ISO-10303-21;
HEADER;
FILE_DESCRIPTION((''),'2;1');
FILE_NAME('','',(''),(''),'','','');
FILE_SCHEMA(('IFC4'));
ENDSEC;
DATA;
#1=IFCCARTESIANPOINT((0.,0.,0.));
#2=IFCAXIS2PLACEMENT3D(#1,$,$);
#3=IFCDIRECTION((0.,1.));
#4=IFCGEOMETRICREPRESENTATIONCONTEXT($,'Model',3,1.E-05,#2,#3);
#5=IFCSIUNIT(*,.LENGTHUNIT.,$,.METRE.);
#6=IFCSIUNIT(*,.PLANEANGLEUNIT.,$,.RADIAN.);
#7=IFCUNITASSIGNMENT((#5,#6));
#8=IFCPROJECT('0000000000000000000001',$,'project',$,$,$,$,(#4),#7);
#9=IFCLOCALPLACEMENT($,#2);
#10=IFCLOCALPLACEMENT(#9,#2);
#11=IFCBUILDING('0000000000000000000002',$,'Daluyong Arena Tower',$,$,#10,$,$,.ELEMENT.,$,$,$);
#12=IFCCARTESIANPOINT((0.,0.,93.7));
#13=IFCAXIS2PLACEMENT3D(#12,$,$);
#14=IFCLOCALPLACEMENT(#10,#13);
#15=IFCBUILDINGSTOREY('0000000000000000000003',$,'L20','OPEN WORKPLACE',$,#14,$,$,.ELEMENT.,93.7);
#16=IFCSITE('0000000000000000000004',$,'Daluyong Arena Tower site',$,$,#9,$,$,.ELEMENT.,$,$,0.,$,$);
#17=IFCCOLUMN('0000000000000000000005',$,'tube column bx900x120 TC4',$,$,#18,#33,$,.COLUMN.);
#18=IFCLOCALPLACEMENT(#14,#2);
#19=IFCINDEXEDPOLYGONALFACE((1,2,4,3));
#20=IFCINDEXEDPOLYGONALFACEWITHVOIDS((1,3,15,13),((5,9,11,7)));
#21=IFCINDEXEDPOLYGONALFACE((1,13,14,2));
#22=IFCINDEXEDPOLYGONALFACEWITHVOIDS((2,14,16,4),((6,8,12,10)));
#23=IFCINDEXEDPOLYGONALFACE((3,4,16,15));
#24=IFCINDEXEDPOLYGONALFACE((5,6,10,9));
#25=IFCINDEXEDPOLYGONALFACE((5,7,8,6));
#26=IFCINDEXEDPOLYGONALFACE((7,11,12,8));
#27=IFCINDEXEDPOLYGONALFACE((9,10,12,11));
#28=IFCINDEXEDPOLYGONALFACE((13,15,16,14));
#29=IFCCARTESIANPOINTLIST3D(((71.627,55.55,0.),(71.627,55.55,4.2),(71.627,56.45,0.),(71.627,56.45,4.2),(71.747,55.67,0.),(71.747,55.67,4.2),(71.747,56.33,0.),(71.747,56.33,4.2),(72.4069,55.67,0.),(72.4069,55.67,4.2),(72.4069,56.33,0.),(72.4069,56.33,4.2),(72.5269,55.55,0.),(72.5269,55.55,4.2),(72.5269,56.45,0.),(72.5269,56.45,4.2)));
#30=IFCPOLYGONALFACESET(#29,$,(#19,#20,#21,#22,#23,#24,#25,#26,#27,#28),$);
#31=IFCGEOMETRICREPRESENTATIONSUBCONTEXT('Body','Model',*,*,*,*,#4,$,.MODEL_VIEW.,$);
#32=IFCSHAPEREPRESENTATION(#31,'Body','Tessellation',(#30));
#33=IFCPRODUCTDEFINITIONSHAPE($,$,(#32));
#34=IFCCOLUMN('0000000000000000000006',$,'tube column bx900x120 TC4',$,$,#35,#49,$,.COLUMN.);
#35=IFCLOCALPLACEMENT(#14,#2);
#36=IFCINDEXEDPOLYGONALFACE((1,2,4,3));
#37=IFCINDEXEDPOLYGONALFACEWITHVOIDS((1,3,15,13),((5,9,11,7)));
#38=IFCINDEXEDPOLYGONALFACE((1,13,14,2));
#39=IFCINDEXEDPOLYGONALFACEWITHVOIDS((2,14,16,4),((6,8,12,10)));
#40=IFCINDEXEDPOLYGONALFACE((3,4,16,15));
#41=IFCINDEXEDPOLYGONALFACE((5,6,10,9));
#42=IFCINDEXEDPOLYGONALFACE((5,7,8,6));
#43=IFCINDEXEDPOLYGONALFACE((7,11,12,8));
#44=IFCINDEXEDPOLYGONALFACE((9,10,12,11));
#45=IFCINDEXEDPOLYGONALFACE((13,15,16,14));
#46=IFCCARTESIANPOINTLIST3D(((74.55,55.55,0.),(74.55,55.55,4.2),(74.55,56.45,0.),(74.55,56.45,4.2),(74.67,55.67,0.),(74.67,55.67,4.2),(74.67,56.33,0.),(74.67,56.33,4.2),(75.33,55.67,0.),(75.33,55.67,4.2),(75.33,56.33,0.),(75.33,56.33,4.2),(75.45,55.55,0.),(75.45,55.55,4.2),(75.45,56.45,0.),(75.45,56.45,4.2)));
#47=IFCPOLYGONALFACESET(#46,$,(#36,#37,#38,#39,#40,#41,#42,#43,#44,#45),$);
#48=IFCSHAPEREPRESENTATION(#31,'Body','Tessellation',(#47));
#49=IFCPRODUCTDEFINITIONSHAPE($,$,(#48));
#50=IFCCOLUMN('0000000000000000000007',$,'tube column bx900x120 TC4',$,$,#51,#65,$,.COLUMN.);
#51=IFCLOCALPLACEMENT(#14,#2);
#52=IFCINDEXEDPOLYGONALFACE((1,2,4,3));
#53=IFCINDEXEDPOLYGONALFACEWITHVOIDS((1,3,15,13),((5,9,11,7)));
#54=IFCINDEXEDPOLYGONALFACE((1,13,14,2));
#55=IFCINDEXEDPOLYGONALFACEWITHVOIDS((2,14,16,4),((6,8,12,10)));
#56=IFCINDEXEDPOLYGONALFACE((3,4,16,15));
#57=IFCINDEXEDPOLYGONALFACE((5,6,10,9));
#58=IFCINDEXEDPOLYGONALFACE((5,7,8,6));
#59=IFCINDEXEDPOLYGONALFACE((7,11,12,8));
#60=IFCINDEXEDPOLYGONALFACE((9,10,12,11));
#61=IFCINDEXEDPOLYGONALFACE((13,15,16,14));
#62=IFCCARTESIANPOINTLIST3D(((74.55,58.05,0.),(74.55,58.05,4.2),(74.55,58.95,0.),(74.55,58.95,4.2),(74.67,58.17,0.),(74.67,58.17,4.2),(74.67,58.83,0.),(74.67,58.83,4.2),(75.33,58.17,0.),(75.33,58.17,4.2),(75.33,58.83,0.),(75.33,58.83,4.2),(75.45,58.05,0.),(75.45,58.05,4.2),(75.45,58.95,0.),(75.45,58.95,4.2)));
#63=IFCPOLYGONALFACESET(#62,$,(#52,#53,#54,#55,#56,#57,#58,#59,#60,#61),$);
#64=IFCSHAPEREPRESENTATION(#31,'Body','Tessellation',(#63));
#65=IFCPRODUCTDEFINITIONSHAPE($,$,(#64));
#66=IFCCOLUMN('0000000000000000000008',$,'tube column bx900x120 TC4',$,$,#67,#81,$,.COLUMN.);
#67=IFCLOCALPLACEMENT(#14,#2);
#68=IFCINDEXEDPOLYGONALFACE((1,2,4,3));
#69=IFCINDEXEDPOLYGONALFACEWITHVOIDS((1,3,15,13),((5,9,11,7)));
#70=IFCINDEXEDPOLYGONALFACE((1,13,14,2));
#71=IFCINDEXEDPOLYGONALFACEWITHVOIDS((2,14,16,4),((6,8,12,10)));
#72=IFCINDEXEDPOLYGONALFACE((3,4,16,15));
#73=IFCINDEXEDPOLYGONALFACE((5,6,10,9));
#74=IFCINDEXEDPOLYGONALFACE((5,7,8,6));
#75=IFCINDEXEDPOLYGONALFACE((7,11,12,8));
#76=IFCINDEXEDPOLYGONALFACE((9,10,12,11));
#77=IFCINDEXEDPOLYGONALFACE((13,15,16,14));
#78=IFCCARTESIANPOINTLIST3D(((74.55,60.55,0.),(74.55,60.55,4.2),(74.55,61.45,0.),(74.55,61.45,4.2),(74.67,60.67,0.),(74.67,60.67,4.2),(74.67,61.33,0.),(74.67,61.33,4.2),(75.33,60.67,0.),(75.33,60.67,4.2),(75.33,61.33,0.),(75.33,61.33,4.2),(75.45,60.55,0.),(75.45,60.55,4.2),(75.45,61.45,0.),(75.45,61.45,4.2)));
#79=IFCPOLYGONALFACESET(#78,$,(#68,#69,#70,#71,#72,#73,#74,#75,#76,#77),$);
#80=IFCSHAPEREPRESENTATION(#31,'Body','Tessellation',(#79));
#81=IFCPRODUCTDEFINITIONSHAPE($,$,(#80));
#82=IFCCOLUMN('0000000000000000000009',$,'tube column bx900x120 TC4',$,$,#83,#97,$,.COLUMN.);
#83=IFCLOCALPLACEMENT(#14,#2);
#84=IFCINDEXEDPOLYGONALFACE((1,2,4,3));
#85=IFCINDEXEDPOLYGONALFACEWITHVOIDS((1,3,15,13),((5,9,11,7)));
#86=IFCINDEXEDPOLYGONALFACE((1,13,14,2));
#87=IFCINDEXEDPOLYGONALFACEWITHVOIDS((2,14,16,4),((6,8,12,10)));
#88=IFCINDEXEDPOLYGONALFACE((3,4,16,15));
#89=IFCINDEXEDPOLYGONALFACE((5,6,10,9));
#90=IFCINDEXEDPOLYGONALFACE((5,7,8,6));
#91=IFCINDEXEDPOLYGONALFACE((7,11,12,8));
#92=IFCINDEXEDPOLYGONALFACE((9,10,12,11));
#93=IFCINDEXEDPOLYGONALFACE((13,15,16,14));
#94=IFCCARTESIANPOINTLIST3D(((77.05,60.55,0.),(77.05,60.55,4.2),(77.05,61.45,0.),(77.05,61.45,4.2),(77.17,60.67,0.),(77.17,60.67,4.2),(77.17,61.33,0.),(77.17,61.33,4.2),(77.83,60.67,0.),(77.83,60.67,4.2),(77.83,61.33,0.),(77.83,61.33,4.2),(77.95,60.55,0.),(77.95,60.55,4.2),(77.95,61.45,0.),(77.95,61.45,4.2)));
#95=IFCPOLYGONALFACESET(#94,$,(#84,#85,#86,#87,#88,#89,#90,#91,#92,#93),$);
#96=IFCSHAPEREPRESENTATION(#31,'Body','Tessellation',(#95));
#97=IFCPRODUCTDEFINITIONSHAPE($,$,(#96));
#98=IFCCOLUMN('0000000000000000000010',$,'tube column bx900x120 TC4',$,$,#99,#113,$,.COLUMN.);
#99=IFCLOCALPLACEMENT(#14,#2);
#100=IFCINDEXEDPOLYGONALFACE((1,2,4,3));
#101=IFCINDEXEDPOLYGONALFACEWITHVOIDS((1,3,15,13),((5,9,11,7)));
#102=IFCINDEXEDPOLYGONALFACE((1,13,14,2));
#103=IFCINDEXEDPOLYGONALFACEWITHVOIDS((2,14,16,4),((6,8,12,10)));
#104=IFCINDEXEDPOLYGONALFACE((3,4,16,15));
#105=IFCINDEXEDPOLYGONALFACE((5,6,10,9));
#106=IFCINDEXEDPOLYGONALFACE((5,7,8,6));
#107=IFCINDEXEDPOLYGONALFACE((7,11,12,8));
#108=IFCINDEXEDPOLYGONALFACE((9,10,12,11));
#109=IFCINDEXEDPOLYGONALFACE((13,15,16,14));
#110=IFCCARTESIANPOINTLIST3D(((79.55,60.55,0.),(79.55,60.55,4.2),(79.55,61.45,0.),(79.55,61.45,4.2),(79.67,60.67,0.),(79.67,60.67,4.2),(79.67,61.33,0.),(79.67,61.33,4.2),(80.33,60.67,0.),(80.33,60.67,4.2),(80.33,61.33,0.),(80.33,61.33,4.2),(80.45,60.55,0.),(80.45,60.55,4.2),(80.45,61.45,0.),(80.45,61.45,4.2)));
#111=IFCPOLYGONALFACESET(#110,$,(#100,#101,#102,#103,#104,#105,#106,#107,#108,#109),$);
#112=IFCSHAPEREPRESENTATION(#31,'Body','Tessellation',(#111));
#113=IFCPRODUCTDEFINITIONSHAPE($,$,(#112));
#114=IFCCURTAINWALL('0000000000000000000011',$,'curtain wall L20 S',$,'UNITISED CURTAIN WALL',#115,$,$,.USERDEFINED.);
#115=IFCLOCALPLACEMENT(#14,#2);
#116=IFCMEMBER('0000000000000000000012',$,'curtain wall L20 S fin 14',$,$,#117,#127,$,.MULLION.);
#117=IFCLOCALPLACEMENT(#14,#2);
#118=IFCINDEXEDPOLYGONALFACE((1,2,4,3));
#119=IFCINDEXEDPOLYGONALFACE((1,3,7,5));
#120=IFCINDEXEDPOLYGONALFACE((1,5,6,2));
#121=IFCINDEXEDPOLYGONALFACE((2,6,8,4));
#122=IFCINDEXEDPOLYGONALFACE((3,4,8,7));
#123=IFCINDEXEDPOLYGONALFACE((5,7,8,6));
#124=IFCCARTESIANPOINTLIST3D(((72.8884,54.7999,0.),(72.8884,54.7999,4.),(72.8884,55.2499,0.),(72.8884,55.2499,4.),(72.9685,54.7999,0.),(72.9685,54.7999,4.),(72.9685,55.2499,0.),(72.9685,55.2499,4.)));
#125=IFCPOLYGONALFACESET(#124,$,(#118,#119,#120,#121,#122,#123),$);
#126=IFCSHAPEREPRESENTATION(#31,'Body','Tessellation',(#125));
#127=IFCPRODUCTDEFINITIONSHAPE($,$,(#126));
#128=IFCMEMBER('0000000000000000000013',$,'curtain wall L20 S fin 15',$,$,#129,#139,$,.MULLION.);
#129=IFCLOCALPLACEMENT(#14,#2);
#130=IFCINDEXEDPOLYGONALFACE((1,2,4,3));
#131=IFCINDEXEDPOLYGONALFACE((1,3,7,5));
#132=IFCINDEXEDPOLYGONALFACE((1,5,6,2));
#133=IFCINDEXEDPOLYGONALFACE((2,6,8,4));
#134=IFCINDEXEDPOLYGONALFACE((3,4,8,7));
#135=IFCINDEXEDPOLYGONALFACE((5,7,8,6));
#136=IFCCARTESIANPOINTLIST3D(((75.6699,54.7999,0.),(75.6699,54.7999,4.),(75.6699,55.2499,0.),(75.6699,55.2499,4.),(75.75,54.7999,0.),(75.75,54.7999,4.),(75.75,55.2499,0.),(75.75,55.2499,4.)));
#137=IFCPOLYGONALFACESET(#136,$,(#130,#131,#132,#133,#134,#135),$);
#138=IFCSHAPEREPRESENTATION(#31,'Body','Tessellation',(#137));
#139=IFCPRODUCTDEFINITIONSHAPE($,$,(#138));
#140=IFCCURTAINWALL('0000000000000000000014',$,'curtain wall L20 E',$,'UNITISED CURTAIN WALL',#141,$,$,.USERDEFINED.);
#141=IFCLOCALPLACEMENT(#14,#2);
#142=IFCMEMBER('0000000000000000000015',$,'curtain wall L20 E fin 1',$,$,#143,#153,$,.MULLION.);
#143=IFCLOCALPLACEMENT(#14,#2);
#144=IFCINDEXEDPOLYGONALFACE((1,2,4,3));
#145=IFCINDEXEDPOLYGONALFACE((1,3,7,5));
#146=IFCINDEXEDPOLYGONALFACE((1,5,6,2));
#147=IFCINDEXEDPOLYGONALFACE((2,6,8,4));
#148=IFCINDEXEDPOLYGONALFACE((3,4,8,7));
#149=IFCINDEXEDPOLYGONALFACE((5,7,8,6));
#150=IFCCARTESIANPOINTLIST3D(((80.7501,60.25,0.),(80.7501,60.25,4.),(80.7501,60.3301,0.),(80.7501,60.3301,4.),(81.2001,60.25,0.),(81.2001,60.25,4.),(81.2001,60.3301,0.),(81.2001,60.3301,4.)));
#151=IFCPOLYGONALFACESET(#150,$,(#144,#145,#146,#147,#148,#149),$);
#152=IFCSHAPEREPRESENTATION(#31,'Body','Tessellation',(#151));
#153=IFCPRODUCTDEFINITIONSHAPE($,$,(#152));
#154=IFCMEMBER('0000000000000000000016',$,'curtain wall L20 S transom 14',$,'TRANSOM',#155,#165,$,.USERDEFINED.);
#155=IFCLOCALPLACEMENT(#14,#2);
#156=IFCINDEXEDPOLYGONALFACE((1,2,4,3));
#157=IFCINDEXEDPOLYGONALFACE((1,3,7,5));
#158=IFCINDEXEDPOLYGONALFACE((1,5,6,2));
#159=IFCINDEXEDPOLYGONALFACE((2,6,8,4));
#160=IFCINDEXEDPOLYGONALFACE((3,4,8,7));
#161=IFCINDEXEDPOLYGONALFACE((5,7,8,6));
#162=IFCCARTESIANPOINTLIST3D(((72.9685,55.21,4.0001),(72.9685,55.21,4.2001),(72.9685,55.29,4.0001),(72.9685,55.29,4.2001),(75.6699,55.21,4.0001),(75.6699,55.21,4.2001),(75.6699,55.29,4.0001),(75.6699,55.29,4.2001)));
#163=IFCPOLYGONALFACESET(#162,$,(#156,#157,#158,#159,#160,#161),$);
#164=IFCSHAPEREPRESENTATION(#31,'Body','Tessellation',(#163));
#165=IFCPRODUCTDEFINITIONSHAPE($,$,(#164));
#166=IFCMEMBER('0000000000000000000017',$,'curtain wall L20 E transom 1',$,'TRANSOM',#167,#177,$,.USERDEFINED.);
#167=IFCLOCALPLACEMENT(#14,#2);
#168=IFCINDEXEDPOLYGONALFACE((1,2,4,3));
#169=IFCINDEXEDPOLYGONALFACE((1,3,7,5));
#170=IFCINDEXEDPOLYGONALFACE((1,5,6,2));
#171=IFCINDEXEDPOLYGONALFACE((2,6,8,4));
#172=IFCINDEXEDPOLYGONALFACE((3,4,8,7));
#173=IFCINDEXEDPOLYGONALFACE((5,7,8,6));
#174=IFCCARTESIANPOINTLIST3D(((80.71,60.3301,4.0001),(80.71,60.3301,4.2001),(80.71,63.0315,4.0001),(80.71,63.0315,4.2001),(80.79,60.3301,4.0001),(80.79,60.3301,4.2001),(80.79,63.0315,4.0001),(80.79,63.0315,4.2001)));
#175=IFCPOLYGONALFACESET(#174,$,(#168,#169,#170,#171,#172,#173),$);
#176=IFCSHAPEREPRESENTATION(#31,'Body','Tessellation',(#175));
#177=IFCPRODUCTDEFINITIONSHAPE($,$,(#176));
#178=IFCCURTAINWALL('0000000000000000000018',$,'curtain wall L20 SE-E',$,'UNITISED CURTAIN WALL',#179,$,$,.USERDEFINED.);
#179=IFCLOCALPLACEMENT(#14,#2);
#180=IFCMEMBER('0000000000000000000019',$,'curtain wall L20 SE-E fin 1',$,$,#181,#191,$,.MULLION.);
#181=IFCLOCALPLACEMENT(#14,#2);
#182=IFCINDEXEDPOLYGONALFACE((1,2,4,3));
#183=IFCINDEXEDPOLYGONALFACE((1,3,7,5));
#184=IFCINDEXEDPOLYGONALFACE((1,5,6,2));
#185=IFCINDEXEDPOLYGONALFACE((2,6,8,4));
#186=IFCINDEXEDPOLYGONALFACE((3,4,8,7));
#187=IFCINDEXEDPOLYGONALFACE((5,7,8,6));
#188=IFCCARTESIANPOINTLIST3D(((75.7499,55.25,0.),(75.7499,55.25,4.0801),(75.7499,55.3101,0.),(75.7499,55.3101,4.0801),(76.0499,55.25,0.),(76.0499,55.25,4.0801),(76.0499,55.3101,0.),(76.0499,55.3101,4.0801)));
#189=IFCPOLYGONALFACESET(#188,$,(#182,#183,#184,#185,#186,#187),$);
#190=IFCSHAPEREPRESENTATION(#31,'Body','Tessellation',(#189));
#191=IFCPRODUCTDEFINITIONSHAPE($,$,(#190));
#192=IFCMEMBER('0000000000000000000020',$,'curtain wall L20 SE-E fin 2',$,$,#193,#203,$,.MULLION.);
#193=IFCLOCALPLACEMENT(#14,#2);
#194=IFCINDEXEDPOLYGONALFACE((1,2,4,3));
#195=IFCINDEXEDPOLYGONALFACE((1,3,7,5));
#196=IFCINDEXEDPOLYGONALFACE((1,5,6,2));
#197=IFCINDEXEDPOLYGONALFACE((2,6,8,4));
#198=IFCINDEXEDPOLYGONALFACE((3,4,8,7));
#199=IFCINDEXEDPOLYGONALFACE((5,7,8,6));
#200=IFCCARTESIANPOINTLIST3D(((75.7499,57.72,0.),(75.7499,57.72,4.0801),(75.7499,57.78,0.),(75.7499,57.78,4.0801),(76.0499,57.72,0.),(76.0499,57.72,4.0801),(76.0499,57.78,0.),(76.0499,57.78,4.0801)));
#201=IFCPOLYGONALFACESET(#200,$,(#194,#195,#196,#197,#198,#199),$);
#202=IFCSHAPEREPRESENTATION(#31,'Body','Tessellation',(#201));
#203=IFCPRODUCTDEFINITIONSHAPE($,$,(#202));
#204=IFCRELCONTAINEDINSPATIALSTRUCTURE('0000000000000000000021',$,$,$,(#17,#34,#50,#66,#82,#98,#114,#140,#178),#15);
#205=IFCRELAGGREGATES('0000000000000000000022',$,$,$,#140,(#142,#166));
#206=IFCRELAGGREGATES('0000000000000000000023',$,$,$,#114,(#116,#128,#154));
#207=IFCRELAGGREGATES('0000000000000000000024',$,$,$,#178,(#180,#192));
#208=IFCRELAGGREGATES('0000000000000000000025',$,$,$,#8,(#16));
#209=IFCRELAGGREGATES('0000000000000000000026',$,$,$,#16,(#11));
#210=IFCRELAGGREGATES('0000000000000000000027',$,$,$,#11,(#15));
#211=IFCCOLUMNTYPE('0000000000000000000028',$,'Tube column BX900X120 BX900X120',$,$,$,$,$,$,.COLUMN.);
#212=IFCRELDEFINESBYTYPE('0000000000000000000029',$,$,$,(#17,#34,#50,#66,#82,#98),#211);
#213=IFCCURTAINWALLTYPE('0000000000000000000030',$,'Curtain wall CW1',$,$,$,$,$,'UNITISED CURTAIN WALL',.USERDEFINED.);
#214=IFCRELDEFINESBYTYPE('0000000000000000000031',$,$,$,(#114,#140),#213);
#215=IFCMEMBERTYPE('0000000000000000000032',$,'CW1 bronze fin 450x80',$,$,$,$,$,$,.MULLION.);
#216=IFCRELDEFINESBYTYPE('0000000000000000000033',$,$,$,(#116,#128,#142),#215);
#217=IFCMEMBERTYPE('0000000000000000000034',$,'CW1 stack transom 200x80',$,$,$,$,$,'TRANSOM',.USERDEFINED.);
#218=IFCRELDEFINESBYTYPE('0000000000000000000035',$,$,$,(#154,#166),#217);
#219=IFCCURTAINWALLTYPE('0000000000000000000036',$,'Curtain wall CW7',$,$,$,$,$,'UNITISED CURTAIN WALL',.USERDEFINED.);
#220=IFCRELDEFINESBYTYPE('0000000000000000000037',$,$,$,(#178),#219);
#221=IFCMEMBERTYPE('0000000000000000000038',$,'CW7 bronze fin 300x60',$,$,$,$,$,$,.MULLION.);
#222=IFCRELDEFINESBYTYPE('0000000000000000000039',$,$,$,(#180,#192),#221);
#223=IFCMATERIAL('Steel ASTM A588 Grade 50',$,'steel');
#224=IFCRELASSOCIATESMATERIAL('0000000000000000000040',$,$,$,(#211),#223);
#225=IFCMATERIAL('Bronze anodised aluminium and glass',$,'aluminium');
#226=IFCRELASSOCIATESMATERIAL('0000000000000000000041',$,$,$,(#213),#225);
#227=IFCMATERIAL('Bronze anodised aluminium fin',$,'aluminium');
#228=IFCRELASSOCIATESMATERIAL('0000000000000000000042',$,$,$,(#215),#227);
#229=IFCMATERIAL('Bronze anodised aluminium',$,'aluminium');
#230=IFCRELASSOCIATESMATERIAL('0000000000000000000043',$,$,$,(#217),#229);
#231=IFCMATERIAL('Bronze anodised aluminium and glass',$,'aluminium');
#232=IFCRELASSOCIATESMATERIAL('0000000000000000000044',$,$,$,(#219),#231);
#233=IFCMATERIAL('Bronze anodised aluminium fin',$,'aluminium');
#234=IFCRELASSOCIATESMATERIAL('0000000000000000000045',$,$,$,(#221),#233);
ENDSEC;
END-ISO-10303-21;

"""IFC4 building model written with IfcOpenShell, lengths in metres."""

from ifc_helpers import new_model, si_unit, direction, frame, origin, origin_2d, place, context, subcontext, project, spatial, rectangle, hollow_rectangle, extrude, material, material_profile, profile_set, type_object, element, aggregate, save


model = new_model("IFC4")

# Units and contexts
model_context = context("Model", 3, precision=1e-05, world=origin(), true_north=direction((0.0, 1.0)))
body_context = subcontext(model_context, "Body", "Model", "MODEL_VIEW")
ifc_project = project(units=[si_unit("LENGTHUNIT", "METRE"), si_unit("PLANEANGLEUNIT", "RADIAN")], contexts=[model_context])

# Site, building, storey
site_placement = place(None, origin())
site = spatial("IfcSite", under=ifc_project, at=site_placement, Name="Daluyong Arena Tower site", CompositionType="ELEMENT", RefElevation=0.0)
building_placement = place(site_placement, origin())
building = spatial("IfcBuilding", under=site, at=building_placement, Name="Daluyong Arena Tower", CompositionType="ELEMENT")
storey_placement = place(building_placement, frame((0.0, 0.0, 93.7)))
storey = spatial("IfcBuildingStorey", under=building, at=storey_placement, Name="L20", Description="OPEN WORKPLACE", CompositionType="ELEMENT", Elevation=93.7)

# Columns
ifc_material_1 = material(Name="Steel ASTM A588 Grade 50", Category="steel")
ifc_material_profile_1 = material_profile(ifc_material_1, hollow_rectangle(XDim=0.8999, YDim=0.8999, WallThickness=0.12, at=origin_2d()))
ifc_profile_set_1 = profile_set([ifc_material_profile_1], Name="Steel ASTM A588 Grade 50")
column_type = type_object("IfcColumnType", Name="Tube column BX900X120 BX900X120", PredefinedType="COLUMN", material=ifc_profile_set_1)
for number, where, z_axis, x_axis, name in (
    (1, (72.0769, 56.0, 0.0), (0.0, 0.0, 1.0), (1.0, 0.0, 0.0), "tube column bx900x120 TC4"),
    (2, (75.0, 56.0, 0.0), (0.0, 0.0, 1.0), (0.0, 1.0, 0.0), "tube column bx900x120 TC4"),
    (3, (75.0, 58.5, 0.0), (0.0, 0.0, 1.0), (0.0, 1.0, 0.0), "tube column bx900x120 TC4"),
    (4, (75.0, 61.0, 0.0), (0.0, 0.0, 1.0), (1.0, 0.0, 0.0), "tube column bx900x120 TC4"),
    (5, (77.5, 61.0, 0.0), (0.0, 0.0, 1.0), (1.0, 0.0, 0.0), "tube column bx900x120 TC4"),
    (6, (80.0, 61.0, 0.0), (0.0, 0.0, 1.0), (0.0, 1.0, 0.0), "tube column bx900x120 TC4"),
):
    element("IfcColumn", number, at=place(storey_placement, frame(where, z_axis=z_axis, x_axis=x_axis)), inside=storey, type_object=column_type, Name=name, PredefinedType="COLUMN", context=body_context, shape_type="SweptSolid", body=[
        extrude(hollow_rectangle(XDim=0.8999, YDim=0.8999, WallThickness=0.12, at=origin_2d()), origin(), (0.0, 0.0, 1.0), 4.2),
    ])

# Curtain wall, members
ifc_material_2 = material(Name="Bronze anodised aluminium and glass", Category="aluminium")
curtain_wall_type_1 = type_object("IfcCurtainWallType", Name="Curtain wall CW1", ElementType="UNITISED CURTAIN WALL", PredefinedType="USERDEFINED", material=ifc_material_2)
curtain_wall_1_placement = place(storey_placement, origin())
curtain_wall_1 = element("IfcCurtainWall", 7, at=curtain_wall_1_placement, inside=storey, type_object=curtain_wall_type_1, Name="curtain wall L20 S", ObjectType="UNITISED CURTAIN WALL", PredefinedType="USERDEFINED")
ifc_material_3 = material(Name="Bronze anodised aluminium fin", Category="aluminium")
ifc_material_profile_2 = material_profile(ifc_material_3, rectangle(XDim=0.45, YDim=0.0801, at=origin_2d()))
ifc_profile_set_2 = profile_set([ifc_material_profile_2], Name="Bronze anodised aluminium fin")
member_type_1 = type_object("IfcMemberType", Name="CW1 bronze fin 450x80", PredefinedType="MULLION", material=ifc_profile_set_2)
member_1_placement = place(storey_placement, frame((72.9285, 55.0249, 0.0), z_axis=(0.0, 0.0, 1.0), x_axis=(0.0, 1.0, 0.0)))
member_1 = element("IfcMember", 8, at=member_1_placement, type_object=member_type_1, Name="curtain wall L20 S fin 14", PredefinedType="MULLION", context=body_context, shape_type="SweptSolid", body=[
    extrude(rectangle(XDim=0.45, YDim=0.0801, at=origin_2d()), origin(), (0.0, 0.0, 1.0), 4.0),
])
member_2_placement = place(storey_placement, frame((75.71, 55.0249, 0.0), z_axis=(0.0, 0.0, 1.0), x_axis=(0.0, 1.0, 0.0)))
member_2 = element("IfcMember", 9, at=member_2_placement, type_object=member_type_1, Name="curtain wall L20 S fin 15", PredefinedType="MULLION", context=body_context, shape_type="SweptSolid", body=[
    extrude(rectangle(XDim=0.45, YDim=0.0801, at=origin_2d()), origin(), (0.0, 0.0, 1.0), 4.0),
])

# Curtain wall, member
curtain_wall_2_placement = place(storey_placement, origin())
curtain_wall_2 = element("IfcCurtainWall", 10, at=curtain_wall_2_placement, inside=storey, type_object=curtain_wall_type_1, Name="curtain wall L20 E", ObjectType="UNITISED CURTAIN WALL", PredefinedType="USERDEFINED")
member_3_placement = place(storey_placement, frame((80.9751, 60.29, 0.0), z_axis=(0.0, 0.0, 1.0), x_axis=(-1.0, 0.0, 0.0)))
member_3 = element("IfcMember", 11, at=member_3_placement, type_object=member_type_1, Name="curtain wall L20 E fin 1", PredefinedType="MULLION", context=body_context, shape_type="SweptSolid", body=[
    extrude(rectangle(XDim=0.45, YDim=0.0801, at=origin_2d()), origin(), (0.0, 0.0, 1.0), 4.0),
])

# Members
ifc_material_4 = material(Name="Bronze anodised aluminium", Category="aluminium")
ifc_material_profile_3 = material_profile(ifc_material_4, rectangle(XDim=0.0801, YDim=0.2, at=origin_2d()))
ifc_profile_set_3 = profile_set([ifc_material_profile_3], Name="Bronze anodised aluminium")
member_type_2 = type_object("IfcMemberType", Name="CW1 stack transom 200x80", ElementType="TRANSOM", PredefinedType="USERDEFINED", material=ifc_profile_set_3)
member_4_placement = place(storey_placement, frame((72.9685, 55.25, 4.1001), z_axis=(1.0, 0.0, 0.0), x_axis=(0.0, 1.0, 0.0)))
member_4 = element("IfcMember", 12, at=member_4_placement, type_object=member_type_2, Name="curtain wall L20 S transom 14", ObjectType="TRANSOM", PredefinedType="USERDEFINED", context=body_context, shape_type="SweptSolid", body=[
    extrude(rectangle(XDim=0.0801, YDim=0.2, at=origin_2d()), origin(), (0.0, 0.0, 1.0), 2.7014),
])
member_5_placement = place(storey_placement, frame((80.75, 60.3301, 4.1001), z_axis=(0.0, 1.0, 0.0), x_axis=(-1.0, 0.0, 0.0)))
member_5 = element("IfcMember", 13, at=member_5_placement, type_object=member_type_2, Name="curtain wall L20 E transom 1", ObjectType="TRANSOM", PredefinedType="USERDEFINED", context=body_context, shape_type="SweptSolid", body=[
    extrude(rectangle(XDim=0.0801, YDim=0.2, at=origin_2d()), origin(), (0.0, 0.0, 1.0), 2.7014),
])
aggregate(curtain_wall_2, [member_3, member_5])

# Curtain wall, members
ifc_material_5 = material(Name="Bronze anodised aluminium and glass", Category="aluminium")
curtain_wall_type_2 = type_object("IfcCurtainWallType", Name="Curtain wall CW7", ElementType="UNITISED CURTAIN WALL", PredefinedType="USERDEFINED", material=ifc_material_5)
curtain_wall_3_placement = place(storey_placement, origin())
curtain_wall_3 = element("IfcCurtainWall", 14, at=curtain_wall_3_placement, inside=storey, type_object=curtain_wall_type_2, Name="curtain wall L20 SE-E", ObjectType="UNITISED CURTAIN WALL", PredefinedType="USERDEFINED")
ifc_material_6 = material(Name="Bronze anodised aluminium fin", Category="aluminium")
ifc_material_profile_4 = material_profile(ifc_material_6, rectangle(XDim=0.3, YDim=0.0601, at=origin_2d()))
ifc_profile_set_4 = profile_set([ifc_material_profile_4], Name="Bronze anodised aluminium fin")
member_type_3 = type_object("IfcMemberType", Name="CW7 bronze fin 300x60", PredefinedType="MULLION", material=ifc_profile_set_4)
member_6_placement = place(storey_placement, frame((75.8999, 55.28, 0.0), z_axis=(0.0, 0.0, 1.0), x_axis=(-1.0, 0.0, 0.0)))
member_6 = element("IfcMember", 15, at=member_6_placement, type_object=member_type_3, Name="curtain wall L20 SE-E fin 1", PredefinedType="MULLION", context=body_context, shape_type="SweptSolid", body=[
    extrude(rectangle(XDim=0.3, YDim=0.0601, at=origin_2d()), origin(), (0.0, 0.0, 1.0), 4.0801),
])
member_7_placement = place(storey_placement, frame((75.8999, 57.75, 0.0), z_axis=(0.0, 0.0, 1.0), x_axis=(-1.0, 0.0, 0.0)))
member_7 = element("IfcMember", 16, at=member_7_placement, type_object=member_type_3, Name="curtain wall L20 SE-E fin 2", PredefinedType="MULLION", context=body_context, shape_type="SweptSolid", body=[
    extrude(rectangle(XDim=0.3, YDim=0.0601, at=origin_2d()), origin(), (0.0, 0.0, 1.0), 4.0801),
])

aggregate(curtain_wall_1, [member_1, member_2, member_4])
aggregate(curtain_wall_3, [member_6, member_7])

save(model, "model.ifc")
